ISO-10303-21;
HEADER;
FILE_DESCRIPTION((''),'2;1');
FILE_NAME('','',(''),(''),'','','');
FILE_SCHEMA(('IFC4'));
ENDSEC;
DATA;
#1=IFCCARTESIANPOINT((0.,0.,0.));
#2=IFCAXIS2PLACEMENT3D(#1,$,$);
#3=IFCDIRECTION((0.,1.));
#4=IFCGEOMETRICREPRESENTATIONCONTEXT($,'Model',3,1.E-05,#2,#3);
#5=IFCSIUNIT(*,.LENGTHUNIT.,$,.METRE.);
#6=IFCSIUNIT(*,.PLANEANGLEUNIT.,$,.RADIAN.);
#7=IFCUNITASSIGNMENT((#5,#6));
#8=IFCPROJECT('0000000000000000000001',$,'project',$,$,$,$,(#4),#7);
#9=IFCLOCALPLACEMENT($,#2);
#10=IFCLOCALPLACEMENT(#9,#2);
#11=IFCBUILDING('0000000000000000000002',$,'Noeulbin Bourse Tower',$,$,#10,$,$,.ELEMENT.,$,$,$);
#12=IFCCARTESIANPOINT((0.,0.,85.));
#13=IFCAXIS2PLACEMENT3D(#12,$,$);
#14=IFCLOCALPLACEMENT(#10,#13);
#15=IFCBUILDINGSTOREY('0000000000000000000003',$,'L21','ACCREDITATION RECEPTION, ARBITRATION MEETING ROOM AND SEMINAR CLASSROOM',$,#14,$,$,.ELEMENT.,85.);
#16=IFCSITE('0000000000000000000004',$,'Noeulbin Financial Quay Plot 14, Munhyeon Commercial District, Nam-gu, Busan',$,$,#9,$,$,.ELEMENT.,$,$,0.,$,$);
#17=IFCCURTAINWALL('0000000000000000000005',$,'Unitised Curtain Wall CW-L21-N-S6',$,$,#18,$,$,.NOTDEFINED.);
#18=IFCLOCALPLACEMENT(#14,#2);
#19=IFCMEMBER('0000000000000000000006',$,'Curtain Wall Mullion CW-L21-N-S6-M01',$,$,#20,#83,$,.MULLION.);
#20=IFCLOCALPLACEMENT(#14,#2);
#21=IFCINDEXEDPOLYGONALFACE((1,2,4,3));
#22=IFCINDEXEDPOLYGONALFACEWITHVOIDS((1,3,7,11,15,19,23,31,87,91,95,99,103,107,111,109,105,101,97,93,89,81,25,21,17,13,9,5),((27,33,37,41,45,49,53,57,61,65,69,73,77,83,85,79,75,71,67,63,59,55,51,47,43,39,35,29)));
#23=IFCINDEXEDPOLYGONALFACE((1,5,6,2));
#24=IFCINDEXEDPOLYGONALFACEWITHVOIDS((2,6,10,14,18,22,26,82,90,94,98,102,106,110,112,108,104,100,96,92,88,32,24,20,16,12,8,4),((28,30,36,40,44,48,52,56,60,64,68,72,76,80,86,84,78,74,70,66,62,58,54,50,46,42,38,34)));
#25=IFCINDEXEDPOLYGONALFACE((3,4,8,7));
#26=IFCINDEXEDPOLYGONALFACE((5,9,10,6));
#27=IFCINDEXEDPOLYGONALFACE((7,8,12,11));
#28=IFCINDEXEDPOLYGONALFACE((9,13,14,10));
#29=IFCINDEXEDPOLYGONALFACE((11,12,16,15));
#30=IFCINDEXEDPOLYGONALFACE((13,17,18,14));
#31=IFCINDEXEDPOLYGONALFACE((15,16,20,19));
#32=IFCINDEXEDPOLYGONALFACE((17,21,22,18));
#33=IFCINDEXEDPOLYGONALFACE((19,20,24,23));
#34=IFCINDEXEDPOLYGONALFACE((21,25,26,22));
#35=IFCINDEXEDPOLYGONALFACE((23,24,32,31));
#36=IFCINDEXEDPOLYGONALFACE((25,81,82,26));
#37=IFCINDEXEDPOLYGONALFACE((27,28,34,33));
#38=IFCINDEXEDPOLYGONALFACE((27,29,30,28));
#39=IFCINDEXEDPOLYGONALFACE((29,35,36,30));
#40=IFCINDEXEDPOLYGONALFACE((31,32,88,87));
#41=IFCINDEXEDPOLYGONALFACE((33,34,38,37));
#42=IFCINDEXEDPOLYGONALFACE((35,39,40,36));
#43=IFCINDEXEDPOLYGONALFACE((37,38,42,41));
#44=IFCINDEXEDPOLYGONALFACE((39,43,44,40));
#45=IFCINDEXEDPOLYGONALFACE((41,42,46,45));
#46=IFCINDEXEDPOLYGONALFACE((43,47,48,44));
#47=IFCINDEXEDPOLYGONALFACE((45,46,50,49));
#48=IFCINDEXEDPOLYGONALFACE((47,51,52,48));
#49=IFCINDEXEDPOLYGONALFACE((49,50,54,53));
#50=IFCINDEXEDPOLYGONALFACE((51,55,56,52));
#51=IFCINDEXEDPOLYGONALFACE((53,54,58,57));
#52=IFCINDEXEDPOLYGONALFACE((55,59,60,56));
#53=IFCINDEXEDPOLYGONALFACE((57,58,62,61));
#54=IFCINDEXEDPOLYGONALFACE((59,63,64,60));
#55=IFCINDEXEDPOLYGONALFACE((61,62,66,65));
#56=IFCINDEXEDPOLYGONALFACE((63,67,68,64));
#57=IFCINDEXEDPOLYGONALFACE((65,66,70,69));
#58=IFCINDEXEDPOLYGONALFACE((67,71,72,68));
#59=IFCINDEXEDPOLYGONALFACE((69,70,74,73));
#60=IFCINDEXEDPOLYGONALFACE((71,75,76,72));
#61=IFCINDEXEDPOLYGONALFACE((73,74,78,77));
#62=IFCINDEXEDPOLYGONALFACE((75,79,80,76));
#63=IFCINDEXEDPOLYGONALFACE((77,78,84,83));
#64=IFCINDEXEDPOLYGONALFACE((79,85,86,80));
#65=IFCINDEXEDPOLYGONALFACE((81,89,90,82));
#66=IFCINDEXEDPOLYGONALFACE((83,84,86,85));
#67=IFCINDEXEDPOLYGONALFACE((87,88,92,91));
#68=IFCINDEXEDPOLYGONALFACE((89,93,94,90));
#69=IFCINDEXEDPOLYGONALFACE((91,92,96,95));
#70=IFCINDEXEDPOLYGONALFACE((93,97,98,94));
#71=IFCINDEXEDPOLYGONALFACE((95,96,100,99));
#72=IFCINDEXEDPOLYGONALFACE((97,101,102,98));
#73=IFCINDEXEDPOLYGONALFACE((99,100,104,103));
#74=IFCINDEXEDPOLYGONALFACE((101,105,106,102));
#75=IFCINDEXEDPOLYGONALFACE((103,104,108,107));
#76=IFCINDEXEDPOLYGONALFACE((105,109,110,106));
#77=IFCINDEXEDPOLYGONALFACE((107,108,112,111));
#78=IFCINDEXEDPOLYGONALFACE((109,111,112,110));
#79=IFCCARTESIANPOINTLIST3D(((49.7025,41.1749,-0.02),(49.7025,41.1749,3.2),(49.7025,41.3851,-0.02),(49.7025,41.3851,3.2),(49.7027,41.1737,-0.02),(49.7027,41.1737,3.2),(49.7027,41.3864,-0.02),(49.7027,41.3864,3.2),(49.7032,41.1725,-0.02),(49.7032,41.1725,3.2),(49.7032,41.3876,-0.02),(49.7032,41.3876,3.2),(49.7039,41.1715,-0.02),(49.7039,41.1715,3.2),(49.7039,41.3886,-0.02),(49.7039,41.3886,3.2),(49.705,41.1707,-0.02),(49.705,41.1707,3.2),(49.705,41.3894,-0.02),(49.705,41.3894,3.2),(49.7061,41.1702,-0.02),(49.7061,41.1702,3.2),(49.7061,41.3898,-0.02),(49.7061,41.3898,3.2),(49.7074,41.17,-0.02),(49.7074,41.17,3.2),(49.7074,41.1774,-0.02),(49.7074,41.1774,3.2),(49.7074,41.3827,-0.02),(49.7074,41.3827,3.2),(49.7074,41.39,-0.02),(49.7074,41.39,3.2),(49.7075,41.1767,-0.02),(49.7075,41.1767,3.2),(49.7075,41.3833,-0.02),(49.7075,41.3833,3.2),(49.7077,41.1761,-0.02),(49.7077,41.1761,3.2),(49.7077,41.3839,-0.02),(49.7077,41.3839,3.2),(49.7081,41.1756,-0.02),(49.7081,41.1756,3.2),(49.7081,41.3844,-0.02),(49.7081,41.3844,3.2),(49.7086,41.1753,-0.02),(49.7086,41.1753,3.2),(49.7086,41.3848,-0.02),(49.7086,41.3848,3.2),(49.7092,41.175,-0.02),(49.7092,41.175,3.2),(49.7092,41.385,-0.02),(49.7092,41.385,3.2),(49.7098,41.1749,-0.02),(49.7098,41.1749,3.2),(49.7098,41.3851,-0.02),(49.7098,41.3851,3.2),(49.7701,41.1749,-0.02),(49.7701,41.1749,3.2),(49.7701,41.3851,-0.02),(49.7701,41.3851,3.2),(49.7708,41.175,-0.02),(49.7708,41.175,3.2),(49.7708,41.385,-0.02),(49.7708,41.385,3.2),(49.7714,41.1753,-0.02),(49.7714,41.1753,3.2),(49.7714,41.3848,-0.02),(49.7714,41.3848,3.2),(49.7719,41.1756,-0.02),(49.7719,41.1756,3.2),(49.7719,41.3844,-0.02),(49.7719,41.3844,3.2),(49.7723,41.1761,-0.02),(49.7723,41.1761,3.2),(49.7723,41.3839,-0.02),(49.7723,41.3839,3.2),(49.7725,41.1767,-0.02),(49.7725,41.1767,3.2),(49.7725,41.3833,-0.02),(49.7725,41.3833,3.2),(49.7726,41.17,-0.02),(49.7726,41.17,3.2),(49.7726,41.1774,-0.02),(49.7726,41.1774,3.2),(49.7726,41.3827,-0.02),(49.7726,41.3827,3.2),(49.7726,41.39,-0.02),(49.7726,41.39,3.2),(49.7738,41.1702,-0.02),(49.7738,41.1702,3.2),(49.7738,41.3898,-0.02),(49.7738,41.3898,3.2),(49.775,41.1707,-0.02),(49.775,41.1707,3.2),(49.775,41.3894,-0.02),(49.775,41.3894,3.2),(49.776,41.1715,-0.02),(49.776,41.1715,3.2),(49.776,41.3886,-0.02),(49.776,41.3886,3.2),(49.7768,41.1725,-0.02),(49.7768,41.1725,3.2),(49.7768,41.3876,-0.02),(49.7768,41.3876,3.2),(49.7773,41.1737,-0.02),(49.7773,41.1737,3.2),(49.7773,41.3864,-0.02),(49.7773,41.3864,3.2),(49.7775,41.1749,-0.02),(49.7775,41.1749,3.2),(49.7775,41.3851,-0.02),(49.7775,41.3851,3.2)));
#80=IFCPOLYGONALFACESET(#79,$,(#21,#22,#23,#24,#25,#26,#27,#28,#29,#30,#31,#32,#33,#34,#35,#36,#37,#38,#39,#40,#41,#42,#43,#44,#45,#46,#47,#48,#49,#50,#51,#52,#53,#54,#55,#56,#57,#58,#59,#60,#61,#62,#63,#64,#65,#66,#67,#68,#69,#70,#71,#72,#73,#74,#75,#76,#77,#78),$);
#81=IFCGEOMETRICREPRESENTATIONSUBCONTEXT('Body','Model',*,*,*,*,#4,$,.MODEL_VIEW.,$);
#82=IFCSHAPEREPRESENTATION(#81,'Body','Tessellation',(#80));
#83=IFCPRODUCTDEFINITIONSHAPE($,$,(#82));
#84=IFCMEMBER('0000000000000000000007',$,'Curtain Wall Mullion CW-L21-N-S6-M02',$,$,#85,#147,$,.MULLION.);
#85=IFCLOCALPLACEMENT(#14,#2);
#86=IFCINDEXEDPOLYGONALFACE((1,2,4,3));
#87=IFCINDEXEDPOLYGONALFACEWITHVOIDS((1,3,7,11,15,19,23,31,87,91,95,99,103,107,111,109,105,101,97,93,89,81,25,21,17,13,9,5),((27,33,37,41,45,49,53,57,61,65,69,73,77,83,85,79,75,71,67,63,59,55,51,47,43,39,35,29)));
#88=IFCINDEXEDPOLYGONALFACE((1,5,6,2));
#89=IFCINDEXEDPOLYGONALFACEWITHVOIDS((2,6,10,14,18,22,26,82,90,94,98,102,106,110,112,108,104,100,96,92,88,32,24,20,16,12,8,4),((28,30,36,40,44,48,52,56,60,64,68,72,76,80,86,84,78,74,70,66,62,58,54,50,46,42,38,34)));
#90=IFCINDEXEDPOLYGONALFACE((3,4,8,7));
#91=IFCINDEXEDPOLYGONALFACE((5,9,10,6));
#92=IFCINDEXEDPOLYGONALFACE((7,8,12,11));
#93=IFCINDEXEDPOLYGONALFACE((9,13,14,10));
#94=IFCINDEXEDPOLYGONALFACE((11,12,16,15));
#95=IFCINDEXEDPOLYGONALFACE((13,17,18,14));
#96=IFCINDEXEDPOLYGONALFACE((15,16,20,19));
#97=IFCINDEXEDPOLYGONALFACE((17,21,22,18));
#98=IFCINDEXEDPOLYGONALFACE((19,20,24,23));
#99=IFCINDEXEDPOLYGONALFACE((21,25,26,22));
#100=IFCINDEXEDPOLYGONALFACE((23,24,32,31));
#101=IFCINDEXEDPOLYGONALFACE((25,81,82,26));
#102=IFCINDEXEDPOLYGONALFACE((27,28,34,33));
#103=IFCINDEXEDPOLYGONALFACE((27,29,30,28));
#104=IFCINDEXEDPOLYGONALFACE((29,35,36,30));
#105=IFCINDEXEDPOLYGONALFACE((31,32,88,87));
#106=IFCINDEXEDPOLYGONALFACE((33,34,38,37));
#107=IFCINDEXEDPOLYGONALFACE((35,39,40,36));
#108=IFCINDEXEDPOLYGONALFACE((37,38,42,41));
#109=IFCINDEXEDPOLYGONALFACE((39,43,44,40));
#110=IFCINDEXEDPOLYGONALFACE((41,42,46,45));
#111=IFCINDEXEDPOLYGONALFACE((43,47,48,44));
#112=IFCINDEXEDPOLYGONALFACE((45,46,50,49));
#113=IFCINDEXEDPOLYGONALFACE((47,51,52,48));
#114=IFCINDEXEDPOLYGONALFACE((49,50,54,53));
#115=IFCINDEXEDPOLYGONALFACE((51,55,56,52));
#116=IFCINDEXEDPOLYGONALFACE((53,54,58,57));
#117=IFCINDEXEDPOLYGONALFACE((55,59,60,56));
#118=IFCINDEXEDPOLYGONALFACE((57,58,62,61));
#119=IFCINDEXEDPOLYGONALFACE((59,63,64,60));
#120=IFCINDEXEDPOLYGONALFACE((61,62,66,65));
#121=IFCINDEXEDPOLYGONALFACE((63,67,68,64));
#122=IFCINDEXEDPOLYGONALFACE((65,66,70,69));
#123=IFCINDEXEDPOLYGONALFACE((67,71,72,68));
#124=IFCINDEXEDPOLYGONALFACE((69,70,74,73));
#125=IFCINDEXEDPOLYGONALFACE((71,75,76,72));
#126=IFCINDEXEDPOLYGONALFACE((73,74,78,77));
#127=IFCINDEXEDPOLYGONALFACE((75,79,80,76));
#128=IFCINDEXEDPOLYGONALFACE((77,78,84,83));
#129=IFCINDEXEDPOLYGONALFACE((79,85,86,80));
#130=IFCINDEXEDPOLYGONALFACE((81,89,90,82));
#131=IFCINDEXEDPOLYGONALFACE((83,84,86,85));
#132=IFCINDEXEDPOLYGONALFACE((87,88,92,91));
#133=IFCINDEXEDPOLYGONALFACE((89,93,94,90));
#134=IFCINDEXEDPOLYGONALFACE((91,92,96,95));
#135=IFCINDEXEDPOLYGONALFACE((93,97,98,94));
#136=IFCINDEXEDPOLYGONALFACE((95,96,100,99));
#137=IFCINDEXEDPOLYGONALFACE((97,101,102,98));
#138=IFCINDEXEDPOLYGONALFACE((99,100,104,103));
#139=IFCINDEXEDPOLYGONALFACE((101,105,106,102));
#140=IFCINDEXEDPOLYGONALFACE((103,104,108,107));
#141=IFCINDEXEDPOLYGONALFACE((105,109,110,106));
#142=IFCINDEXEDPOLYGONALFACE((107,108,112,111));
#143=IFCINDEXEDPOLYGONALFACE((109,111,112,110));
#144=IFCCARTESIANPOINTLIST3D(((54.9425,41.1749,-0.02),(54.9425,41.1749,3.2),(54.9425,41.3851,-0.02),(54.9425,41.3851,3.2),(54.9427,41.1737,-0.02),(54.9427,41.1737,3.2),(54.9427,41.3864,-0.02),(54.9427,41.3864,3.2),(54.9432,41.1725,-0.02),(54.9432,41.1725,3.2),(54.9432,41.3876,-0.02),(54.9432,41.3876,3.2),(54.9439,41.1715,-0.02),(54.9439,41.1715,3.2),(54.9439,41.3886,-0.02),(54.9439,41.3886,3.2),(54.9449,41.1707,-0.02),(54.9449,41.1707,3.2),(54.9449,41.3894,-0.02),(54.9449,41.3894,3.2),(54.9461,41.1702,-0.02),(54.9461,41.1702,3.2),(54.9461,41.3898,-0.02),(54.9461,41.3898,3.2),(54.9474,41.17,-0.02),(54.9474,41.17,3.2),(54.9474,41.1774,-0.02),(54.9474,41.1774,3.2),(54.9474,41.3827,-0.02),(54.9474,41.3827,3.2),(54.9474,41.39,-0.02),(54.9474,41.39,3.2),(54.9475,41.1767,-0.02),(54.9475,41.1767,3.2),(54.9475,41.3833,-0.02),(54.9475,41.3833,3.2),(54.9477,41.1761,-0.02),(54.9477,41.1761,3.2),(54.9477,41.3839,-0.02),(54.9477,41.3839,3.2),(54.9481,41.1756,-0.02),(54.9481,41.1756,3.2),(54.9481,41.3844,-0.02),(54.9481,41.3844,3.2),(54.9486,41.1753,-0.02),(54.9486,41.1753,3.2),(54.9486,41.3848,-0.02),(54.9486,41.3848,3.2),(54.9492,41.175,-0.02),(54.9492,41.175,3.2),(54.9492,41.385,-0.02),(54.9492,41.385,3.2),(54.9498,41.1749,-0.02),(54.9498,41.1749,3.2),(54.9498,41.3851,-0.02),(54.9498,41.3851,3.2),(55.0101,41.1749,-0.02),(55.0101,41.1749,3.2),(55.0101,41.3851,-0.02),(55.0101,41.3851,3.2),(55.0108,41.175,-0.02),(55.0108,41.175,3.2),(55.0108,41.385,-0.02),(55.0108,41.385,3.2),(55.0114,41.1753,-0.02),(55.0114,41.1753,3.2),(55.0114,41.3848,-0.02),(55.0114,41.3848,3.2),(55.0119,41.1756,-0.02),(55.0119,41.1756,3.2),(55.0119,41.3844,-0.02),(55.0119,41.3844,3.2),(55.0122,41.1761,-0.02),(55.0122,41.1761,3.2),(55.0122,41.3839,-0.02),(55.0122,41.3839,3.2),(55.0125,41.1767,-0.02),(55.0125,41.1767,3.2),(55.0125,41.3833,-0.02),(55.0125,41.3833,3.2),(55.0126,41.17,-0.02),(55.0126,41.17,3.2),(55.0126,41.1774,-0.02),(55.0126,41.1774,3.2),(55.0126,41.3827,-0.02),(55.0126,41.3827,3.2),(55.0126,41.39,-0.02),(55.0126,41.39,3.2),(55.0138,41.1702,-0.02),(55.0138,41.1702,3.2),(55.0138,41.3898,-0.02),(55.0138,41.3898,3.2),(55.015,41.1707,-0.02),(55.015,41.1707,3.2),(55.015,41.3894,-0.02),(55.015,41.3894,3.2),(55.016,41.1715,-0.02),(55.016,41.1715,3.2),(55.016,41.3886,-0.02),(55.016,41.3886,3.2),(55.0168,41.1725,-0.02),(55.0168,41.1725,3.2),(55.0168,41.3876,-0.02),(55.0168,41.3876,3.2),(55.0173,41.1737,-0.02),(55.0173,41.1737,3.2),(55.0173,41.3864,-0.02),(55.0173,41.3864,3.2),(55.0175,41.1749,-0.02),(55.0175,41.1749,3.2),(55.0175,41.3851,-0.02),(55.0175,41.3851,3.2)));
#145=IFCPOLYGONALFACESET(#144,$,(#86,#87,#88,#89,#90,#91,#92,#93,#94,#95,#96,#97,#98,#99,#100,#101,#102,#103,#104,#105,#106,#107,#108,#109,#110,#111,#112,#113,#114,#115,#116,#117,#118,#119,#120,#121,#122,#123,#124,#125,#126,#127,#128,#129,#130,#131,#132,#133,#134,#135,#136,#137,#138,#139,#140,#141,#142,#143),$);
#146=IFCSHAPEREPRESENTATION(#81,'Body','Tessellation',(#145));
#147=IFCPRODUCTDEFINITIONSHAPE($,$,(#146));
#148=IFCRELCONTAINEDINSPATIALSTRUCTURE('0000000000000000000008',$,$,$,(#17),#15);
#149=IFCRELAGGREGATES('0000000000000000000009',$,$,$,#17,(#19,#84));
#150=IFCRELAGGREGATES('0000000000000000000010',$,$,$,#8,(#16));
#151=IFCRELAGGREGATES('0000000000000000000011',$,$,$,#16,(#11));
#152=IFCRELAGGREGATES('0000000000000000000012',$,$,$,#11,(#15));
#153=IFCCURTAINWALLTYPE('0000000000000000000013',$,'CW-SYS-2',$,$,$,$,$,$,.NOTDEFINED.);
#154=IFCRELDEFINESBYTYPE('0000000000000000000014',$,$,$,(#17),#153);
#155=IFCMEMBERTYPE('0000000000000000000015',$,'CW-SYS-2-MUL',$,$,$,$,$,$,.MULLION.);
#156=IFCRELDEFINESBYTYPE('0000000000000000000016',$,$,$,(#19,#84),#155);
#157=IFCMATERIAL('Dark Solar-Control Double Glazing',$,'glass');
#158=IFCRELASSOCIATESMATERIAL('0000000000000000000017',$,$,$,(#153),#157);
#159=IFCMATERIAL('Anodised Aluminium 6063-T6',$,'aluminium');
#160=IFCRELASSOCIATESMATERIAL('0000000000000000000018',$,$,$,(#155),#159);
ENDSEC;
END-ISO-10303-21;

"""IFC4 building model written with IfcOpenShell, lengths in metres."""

from ifc_helpers import new_model, si_unit, direction, frame, origin, origin_2d, place, context, subcontext, project, spatial, hollow_rectangle, extrude, material, material_profile, profile_set, type_object, element, aggregate, save


model = new_model("IFC4")

# Units and contexts
model_context = context("Model", 3, precision=1e-05, world=origin(), true_north=direction((0.0, 1.0)))
body_context = subcontext(model_context, "Body", "Model", "MODEL_VIEW")
ifc_project = project(units=[si_unit("LENGTHUNIT", "METRE"), si_unit("PLANEANGLEUNIT", "RADIAN")], contexts=[model_context])

# Site, building, storey
site_placement = place(None, origin())
site = spatial("IfcSite", under=ifc_project, at=site_placement, Name="Noeulbin Financial Quay Plot 14, Munhyeon Commercial District, Nam-gu, Busan", CompositionType="ELEMENT", RefElevation=0.0)
building_placement = place(site_placement, origin())
building = spatial("IfcBuilding", under=site, at=building_placement, Name="Noeulbin Bourse Tower", CompositionType="ELEMENT")
storey_placement = place(building_placement, frame((0.0, 0.0, 85.0)))
storey = spatial("IfcBuildingStorey", under=building, at=storey_placement, Name="L21", Description="ACCREDITATION RECEPTION, ARBITRATION MEETING ROOM AND SEMINAR CLASSROOM", CompositionType="ELEMENT", Elevation=85.0)

# Shared definitions
ifc_material_1 = material(Name="Dark Solar-Control Double Glazing", Category="glass")
curtain_wall_type = type_object("IfcCurtainWallType", Name="CW-SYS-2", PredefinedType="NOTDEFINED", material=ifc_material_1)
ifc_material_2 = material(Name="Anodised Aluminium 6063-T6", Category="aluminium")
ifc_material_profile_1 = material_profile(ifc_material_2, hollow_rectangle(XDim=0.075, YDim=0.22, WallThickness=0.0049, InnerFilletRadius=0.0024, OuterFilletRadius=0.0049, at=origin_2d()), Name="ALU-MULL-75x220x5", Category="LoadBearing")
ifc_profile_set_1 = profile_set([ifc_material_profile_1], Name="Anodised Aluminium 6063-T6")
member_type_1 = type_object("IfcMemberType", Name="CW-SYS-2-MUL", PredefinedType="MULLION", material=ifc_profile_set_1)

# Curtain wall, members
curtain_wall_1_placement = place(storey_placement, origin())
curtain_wall_1 = element("IfcCurtainWall", 1, at=curtain_wall_1_placement, inside=storey, type_object=curtain_wall_type, Name="Unitised Curtain Wall CW-L21-N-S6", PredefinedType="NOTDEFINED")
member_1_placement = place(storey_placement, frame((49.74, 41.28, -0.02), z_axis=(0.0, 0.0, 1.0), x_axis=(1.0, 0.0, 0.0)))
member_1 = element("IfcMember", 2, at=member_1_placement, type_object=member_type_1, Name="Curtain Wall Mullion CW-L21-N-S6-M01", PredefinedType="MULLION", context=body_context, shape_type="SweptSolid", body=[
    extrude(hollow_rectangle(XDim=0.075, YDim=0.22, WallThickness=0.0049, InnerFilletRadius=0.0024, OuterFilletRadius=0.0049, at=origin_2d()), origin(), (0.0, 0.0, 1.0), 3.22),
])
member_2_placement = place(storey_placement, frame((54.98, 41.28, -0.02), z_axis=(0.0, 0.0, 1.0), x_axis=(1.0, 0.0, 0.0)))
member_2 = element("IfcMember", 3, at=member_2_placement, type_object=member_type_1, Name="Curtain Wall Mullion CW-L21-N-S6-M02", PredefinedType="MULLION", context=body_context, shape_type="SweptSolid", body=[
    extrude(hollow_rectangle(XDim=0.075, YDim=0.22, WallThickness=0.0049, InnerFilletRadius=0.0024, OuterFilletRadius=0.0049, at=origin_2d()), origin(), (0.0, 0.0, 1.0), 3.22),
])

aggregate(curtain_wall_1, [member_1, member_2])

save(model, "model.ifc")
